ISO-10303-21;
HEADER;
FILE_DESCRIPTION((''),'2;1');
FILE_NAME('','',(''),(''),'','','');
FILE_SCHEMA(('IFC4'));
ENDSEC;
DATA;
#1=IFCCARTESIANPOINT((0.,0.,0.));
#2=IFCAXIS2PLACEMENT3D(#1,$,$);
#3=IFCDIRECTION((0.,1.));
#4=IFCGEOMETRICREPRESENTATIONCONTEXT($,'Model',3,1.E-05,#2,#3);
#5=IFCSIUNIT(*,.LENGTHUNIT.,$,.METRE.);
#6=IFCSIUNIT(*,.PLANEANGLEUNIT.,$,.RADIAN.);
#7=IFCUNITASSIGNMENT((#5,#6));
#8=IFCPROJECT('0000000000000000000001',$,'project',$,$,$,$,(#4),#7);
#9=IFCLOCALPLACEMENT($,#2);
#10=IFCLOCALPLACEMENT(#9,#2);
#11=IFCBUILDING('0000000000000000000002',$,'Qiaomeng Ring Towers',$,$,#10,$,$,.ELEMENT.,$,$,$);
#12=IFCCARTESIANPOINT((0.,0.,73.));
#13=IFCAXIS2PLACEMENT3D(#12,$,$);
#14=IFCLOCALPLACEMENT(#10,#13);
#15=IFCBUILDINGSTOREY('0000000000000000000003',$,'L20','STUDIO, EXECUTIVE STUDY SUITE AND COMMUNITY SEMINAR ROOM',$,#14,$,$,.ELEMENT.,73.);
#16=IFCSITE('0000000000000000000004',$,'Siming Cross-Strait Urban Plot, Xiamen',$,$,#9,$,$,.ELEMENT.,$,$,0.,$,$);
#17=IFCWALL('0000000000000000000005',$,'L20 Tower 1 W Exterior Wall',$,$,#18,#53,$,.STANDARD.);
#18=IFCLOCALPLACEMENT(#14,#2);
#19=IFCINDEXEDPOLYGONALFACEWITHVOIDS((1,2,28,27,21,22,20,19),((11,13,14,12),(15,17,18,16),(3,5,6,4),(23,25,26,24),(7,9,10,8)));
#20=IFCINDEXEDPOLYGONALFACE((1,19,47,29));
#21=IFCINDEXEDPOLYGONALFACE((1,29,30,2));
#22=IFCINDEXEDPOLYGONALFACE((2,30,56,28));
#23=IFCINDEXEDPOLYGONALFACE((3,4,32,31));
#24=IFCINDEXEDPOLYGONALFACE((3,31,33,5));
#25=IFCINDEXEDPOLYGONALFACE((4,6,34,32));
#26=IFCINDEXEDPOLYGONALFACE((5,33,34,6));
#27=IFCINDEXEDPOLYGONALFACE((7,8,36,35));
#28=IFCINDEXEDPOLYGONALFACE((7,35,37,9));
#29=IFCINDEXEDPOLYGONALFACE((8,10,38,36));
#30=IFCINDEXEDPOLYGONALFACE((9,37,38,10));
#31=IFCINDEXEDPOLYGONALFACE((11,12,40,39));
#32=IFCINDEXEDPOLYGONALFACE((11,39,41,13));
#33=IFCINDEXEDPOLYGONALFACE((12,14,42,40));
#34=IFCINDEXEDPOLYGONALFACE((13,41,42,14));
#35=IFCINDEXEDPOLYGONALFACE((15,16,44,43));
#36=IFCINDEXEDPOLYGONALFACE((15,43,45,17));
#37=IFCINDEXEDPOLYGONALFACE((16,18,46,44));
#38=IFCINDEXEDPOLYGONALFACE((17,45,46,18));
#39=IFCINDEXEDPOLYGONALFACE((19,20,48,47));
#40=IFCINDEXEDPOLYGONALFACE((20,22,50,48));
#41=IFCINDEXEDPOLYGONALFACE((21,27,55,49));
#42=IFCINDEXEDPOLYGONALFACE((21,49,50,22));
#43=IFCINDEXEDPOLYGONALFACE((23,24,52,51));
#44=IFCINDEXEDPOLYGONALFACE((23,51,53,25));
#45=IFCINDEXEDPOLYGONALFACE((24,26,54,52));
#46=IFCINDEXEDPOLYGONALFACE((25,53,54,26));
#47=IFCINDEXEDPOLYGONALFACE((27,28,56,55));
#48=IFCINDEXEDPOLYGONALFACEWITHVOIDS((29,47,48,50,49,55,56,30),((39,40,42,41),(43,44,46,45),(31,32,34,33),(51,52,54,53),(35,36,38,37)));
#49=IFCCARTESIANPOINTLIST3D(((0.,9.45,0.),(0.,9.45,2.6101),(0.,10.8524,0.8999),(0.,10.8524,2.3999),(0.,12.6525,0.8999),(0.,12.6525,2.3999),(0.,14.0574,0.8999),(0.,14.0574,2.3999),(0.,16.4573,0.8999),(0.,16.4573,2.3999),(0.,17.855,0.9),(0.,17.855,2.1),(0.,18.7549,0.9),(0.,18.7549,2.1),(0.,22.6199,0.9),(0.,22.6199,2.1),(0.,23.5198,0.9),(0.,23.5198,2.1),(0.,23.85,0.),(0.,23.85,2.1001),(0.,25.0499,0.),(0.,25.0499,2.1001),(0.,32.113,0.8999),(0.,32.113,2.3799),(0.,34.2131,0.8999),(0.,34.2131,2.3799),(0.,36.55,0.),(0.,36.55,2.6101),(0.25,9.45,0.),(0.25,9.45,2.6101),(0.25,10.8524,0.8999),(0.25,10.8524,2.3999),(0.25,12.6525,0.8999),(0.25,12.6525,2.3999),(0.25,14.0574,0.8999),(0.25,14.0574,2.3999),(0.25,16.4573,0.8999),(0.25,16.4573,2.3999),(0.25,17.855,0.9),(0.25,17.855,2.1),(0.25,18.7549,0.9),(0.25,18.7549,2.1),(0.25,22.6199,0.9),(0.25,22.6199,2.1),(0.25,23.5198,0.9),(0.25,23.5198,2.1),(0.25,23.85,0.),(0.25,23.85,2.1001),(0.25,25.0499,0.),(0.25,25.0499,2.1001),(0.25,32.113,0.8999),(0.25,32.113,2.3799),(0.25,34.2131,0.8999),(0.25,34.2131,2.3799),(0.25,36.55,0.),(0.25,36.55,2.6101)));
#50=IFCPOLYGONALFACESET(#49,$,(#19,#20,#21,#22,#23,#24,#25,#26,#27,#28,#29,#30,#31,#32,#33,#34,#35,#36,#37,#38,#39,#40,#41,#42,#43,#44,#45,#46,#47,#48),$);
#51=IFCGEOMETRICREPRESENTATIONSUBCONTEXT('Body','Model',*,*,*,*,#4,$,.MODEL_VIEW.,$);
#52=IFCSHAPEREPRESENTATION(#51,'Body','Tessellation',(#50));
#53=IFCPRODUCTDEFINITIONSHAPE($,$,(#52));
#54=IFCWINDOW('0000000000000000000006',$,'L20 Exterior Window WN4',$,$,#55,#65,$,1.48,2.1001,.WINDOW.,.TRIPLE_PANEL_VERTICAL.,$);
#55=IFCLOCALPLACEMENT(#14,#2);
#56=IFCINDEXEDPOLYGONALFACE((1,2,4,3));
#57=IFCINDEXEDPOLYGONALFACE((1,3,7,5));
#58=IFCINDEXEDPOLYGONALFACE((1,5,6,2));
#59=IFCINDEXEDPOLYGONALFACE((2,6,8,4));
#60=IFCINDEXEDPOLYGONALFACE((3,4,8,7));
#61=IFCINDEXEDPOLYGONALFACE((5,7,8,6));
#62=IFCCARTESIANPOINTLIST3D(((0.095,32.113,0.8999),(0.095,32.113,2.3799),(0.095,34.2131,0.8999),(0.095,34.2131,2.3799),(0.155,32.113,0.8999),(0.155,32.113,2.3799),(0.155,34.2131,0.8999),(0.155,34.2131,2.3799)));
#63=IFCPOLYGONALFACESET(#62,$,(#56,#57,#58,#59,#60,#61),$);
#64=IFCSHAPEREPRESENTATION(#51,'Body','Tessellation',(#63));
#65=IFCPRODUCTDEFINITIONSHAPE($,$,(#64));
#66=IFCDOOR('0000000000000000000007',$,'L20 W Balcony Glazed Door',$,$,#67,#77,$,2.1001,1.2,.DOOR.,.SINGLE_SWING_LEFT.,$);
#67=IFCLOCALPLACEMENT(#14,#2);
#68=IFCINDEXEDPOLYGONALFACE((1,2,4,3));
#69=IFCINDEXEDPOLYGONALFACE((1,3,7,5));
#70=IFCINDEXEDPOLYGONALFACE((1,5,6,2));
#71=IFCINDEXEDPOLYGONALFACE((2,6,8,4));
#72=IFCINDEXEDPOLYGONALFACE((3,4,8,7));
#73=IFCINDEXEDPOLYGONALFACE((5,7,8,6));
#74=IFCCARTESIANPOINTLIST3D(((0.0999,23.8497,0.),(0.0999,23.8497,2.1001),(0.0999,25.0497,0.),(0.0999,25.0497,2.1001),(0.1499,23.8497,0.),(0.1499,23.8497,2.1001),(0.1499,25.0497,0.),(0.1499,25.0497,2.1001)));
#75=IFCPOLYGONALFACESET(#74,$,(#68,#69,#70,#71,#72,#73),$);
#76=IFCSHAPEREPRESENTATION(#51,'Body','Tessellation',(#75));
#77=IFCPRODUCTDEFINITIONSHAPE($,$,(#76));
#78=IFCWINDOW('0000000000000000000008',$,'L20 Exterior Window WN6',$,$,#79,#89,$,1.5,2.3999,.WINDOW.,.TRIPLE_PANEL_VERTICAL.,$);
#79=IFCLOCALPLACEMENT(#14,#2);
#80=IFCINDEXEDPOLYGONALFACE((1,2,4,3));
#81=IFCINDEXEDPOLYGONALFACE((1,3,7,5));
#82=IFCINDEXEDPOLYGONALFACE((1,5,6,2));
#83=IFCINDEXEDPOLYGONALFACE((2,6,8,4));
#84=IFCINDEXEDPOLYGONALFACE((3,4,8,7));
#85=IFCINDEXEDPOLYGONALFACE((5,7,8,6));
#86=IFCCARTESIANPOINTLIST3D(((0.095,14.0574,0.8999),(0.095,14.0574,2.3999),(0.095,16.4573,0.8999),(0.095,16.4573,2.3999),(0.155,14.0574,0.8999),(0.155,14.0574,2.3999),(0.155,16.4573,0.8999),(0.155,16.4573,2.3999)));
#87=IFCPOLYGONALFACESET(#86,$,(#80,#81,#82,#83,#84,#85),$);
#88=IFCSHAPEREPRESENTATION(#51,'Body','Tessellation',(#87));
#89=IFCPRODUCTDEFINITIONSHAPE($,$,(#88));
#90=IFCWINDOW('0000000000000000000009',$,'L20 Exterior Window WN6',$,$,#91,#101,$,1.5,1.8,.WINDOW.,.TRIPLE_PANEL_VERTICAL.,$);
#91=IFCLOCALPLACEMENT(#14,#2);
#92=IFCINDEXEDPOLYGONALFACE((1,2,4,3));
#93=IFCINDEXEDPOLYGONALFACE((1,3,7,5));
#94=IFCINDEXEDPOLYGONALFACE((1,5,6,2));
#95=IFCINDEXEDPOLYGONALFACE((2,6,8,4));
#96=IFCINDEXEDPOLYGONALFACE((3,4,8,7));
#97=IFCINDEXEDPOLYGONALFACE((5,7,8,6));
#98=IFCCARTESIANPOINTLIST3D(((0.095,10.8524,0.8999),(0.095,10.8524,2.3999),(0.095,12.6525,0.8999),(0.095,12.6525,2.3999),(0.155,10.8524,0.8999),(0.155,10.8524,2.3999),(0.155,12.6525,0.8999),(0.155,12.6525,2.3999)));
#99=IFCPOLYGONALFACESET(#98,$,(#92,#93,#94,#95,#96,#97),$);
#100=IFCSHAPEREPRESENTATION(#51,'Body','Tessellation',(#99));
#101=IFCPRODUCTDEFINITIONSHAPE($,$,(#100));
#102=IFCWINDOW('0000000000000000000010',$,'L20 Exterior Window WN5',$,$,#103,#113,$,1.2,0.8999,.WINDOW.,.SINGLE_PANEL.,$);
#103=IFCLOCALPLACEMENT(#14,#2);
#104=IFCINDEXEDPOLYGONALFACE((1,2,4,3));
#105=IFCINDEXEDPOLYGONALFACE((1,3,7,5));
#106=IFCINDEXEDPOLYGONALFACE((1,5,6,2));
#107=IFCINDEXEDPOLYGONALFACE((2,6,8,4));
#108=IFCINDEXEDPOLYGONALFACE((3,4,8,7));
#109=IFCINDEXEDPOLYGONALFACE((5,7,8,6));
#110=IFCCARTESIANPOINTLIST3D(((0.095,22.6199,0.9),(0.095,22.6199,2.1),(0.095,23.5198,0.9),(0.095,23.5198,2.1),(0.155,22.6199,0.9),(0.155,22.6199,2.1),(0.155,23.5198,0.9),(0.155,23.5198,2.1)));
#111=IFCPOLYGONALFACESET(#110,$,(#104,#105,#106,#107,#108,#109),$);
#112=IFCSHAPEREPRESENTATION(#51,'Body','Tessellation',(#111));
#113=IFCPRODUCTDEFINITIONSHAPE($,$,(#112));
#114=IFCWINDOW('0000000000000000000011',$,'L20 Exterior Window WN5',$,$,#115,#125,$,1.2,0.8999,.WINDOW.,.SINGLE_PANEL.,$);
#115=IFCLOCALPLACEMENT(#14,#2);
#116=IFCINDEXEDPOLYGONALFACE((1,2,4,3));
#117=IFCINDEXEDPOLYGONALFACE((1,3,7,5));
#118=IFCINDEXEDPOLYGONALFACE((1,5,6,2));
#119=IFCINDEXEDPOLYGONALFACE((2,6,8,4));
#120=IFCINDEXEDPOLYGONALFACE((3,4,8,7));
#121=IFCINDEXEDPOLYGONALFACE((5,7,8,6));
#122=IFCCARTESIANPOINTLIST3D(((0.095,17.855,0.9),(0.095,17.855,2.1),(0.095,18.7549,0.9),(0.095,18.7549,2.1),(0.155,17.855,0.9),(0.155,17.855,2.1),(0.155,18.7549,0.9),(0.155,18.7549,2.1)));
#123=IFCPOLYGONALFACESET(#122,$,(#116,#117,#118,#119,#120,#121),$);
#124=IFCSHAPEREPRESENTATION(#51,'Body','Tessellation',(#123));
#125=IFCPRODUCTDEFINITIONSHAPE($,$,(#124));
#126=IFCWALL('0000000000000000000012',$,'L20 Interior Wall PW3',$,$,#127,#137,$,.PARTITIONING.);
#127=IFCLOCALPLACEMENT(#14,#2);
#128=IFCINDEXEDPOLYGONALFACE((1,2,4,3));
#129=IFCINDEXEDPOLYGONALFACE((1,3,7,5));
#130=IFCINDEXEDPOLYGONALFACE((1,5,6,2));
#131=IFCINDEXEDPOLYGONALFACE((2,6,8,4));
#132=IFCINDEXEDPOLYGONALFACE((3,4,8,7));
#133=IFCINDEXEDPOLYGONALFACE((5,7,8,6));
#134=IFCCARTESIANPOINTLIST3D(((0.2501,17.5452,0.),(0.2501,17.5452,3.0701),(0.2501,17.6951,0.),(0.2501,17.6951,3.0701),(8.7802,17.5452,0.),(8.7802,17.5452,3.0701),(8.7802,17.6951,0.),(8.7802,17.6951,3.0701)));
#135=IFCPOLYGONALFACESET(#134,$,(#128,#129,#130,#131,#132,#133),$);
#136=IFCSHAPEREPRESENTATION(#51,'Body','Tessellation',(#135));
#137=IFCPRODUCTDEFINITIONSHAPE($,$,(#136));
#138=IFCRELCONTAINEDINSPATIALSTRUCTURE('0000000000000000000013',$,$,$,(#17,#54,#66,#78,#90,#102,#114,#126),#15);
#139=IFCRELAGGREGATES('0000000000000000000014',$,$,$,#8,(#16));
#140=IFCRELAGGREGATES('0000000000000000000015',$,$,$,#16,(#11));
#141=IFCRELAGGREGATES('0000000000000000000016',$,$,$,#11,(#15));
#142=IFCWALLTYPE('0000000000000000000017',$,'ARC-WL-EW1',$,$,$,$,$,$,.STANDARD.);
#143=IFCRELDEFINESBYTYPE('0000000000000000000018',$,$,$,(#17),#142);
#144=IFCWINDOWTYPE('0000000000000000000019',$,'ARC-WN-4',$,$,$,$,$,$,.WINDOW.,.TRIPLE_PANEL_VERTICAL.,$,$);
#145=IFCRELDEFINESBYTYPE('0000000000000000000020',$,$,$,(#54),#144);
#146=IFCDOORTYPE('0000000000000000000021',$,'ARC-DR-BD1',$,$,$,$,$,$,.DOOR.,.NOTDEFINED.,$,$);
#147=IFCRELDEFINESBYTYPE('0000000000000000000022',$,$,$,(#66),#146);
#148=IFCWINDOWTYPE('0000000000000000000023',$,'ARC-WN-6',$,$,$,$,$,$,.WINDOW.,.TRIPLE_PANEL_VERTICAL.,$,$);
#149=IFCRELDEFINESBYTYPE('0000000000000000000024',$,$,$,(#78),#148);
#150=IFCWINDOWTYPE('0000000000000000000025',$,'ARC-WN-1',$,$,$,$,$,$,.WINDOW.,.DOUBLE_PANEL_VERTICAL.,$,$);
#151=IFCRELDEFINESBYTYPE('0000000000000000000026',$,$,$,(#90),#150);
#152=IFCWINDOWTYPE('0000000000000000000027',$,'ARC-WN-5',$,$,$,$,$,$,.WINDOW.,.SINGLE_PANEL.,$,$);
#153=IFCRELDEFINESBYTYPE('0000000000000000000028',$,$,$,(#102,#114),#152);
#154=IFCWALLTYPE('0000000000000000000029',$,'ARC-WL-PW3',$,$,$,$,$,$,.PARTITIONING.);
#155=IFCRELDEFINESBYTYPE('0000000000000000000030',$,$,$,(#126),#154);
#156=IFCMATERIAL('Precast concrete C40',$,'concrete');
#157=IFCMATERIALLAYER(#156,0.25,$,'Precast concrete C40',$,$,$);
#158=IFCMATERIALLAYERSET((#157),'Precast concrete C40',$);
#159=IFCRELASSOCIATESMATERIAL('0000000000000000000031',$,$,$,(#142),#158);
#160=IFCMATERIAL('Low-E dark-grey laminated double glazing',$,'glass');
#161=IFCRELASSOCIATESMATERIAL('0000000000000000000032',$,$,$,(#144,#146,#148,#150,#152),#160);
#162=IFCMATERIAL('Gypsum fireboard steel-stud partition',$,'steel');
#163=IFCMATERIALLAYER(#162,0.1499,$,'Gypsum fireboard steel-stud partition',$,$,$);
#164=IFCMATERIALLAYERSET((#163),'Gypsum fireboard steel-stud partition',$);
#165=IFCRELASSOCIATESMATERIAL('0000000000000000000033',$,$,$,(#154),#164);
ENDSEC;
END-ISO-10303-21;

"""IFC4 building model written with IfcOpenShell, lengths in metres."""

from ifc_helpers import new_model, si_unit, direction, frame, frame_2d, origin, place, context, subcontext, project, spatial, rectangle, extrude, source, transform, mapped, material, layer, layer_set, type_object, element, fill, save


model = new_model("IFC4")

# Units and contexts
model_context = context("Model", 3, precision=1e-05, world=origin(), true_north=direction((0.0, 1.0)))
body_context = subcontext(model_context, "Body", "Model", "MODEL_VIEW")
ifc_project = project(units=[si_unit("LENGTHUNIT", "METRE"), si_unit("PLANEANGLEUNIT", "RADIAN")], contexts=[model_context])

# Site, building, storey
site_placement = place(None, origin())
site = spatial("IfcSite", under=ifc_project, at=site_placement, Name="Siming Cross-Strait Urban Plot, Xiamen", CompositionType="ELEMENT", RefElevation=0.0)
building_placement = place(site_placement, origin())
building = spatial("IfcBuilding", under=site, at=building_placement, Name="Qiaomeng Ring Towers", CompositionType="ELEMENT")
storey_placement = place(building_placement, frame((0.0, 0.0, 73.0)))
storey = spatial("IfcBuildingStorey", under=building, at=storey_placement, Name="L20", Description="STUDIO, EXECUTIVE STUDY SUITE AND COMMUNITY SEMINAR ROOM", CompositionType="ELEMENT", Elevation=73.0)

# Wall, openings, windows, door
ifc_material_1 = material(Name="Precast concrete C40", Category="concrete")
ifc_layer_1 = layer(ifc_material_1, 0.25, Name="Precast concrete C40")
ifc_layer_set_1 = layer_set([ifc_layer_1], Name="Precast concrete C40")
wall_type_1 = type_object("IfcWallType", Name="ARC-WL-EW1", PredefinedType="STANDARD", material=ifc_layer_set_1)
wall_1_placement = place(storey_placement, frame((0.125, 9.45, 0.0), z_axis=(0.0, 0.0, 1.0), x_axis=(0.0, 1.0, 0.0)))
wall_1 = element("IfcWall", 1, at=wall_1_placement, inside=storey, type_object=wall_type_1, Name="L20 Tower 1 W Exterior Wall", PredefinedType="STANDARD", context=body_context, shape_type="SweptSolid", body=[
    extrude(rectangle(XDim=27.1001, YDim=0.25, at=frame_2d((13.55, 0.0))), origin(), (0.0, 0.0, 1.0), 2.6101),
])
opening_1_placement = place(wall_1_placement, frame((14.3999, 0.0, 0.0)))
opening_1 = element("IfcOpeningElement", 2, at=opening_1_placement, cuts=wall_1, PredefinedType="OPENING", context=body_context, shape_type="SweptSolid", body=[
    extrude(rectangle(XDim=1.2, YDim=2.1001, at=frame_2d((0.6001, 1.05))), frame((0.0, 0.135, 0.0), z_axis=(0.0, -1.0, 0.0), x_axis=(1.0, 0.0, 0.0)), (0.0, 0.0, 1.0), 0.27),
])
opening_2_placement = place(wall_1_placement, frame((1.4026, 0.0, 0.8999)))
opening_2 = element("IfcOpeningElement", 3, at=opening_2_placement, cuts=wall_1, PredefinedType="OPENING", context=body_context, shape_type="SweptSolid", body=[
    extrude(rectangle(XDim=1.8, YDim=1.5, at=frame_2d((0.8999, 0.75))), frame((0.0, 0.135, 0.0), z_axis=(0.0, -1.0, 0.0), x_axis=(1.0, 0.0, 0.0)), (0.0, 0.0, 1.0), 0.27),
])
opening_3_placement = place(wall_1_placement, frame((22.6631, 0.0, 0.8999)))
opening_3 = element("IfcOpeningElement", 4, at=opening_3_placement, cuts=wall_1, PredefinedType="OPENING", context=body_context, shape_type="SweptSolid", body=[
    extrude(rectangle(XDim=2.1001, YDim=1.48, at=frame_2d((1.05, 0.74))), frame((0.0, 0.135, 0.0), z_axis=(0.0, -1.0, 0.0), x_axis=(1.0, 0.0, 0.0)), (0.0, 0.0, 1.0), 0.27),
])
opening_4_placement = place(wall_1_placement, frame((4.6074, 0.0, 0.8999)))
opening_4 = element("IfcOpeningElement", 5, at=opening_4_placement, cuts=wall_1, PredefinedType="OPENING", context=body_context, shape_type="SweptSolid", body=[
    extrude(rectangle(XDim=2.3999, YDim=1.5, at=frame_2d((1.2, 0.75))), frame((0.0, 0.135, 0.0), z_axis=(0.0, -1.0, 0.0), x_axis=(1.0, 0.0, 0.0)), (0.0, 0.0, 1.0), 0.27),
])
opening_5_placement = place(wall_1_placement, frame((13.1699, 0.0, 0.8999)))
opening_5 = element("IfcOpeningElement", 6, at=opening_5_placement, cuts=wall_1, PredefinedType="OPENING", context=body_context, shape_type="SweptSolid", body=[
    extrude(rectangle(XDim=0.8999, YDim=1.2, at=frame_2d((0.45, 0.6001))), frame((0.0, 0.135, 0.0), z_axis=(0.0, -1.0, 0.0), x_axis=(1.0, 0.0, 0.0)), (0.0, 0.0, 1.0), 0.27),
])
opening_6_placement = place(wall_1_placement, frame((8.405, 0.0, 0.8999)))
opening_6 = element("IfcOpeningElement", 7, at=opening_6_placement, cuts=wall_1, PredefinedType="OPENING", context=body_context, shape_type="SweptSolid", body=[
    extrude(rectangle(XDim=0.8999, YDim=1.2, at=frame_2d((0.45, 0.6001))), frame((0.0, 0.135, 0.0), z_axis=(0.0, -1.0, 0.0), x_axis=(1.0, 0.0, 0.0)), (0.0, 0.0, 1.0), 0.27),
])
ifc_material_2 = material(Name="Low-E dark-grey laminated double glazing", Category="glass")
window_type_1 = type_object("IfcWindowType", Name="ARC-WN-4", PartitioningType="TRIPLE_PANEL_VERTICAL", PredefinedType="WINDOW", material=ifc_material_2)
shared_shape_1 = source(origin(), body_context, "Body", "SweptSolid", [
    extrude(rectangle(XDim=2.1001, YDim=1.48, at=frame_2d((1.05, 0.74))), frame((0.0, 0.03, 0.0), z_axis=(0.0, -1.0, 0.0), x_axis=(1.0, 0.0, 0.0)), (0.0, 0.0, 1.0), 0.0601),
])
window_1_placement = place(opening_3_placement, origin())
window_1 = element("IfcWindow", 8, at=window_1_placement, inside=storey, type_object=window_type_1, Name="L20 Exterior Window WN4", OverallHeight=1.48, OverallWidth=2.1001, PartitioningType="TRIPLE_PANEL_VERTICAL", PredefinedType="WINDOW", context=body_context, shape_type="MappedRepresentation", body=[
    mapped(shared_shape_1, transform((0.0, 0.0, 0.0), x_axis=(1.0, 0.0, 0.0), y_axis=(0.0, 1.0, 0.0), z_axis=(0.0, 0.0, 1.0), scale=1.0)),
])
fill(opening_3, window_1)
door_type_1 = type_object("IfcDoorType", Name="ARC-DR-BD1", OperationType="NOTDEFINED", PredefinedType="DOOR", material=ifc_material_2)
shared_shape_2 = source(origin(), body_context, "Body", "SweptSolid", [
    extrude(rectangle(XDim=1.2, YDim=2.1001, at=frame_2d((0.6001, 1.05))), frame((0.0, 0.0249, 0.0), z_axis=(0.0, -1.0, 0.0), x_axis=(1.0, 0.0, 0.0)), (0.0, 0.0, 1.0), 0.05),
])
door_1_placement = place(opening_1_placement, frame((1.2, 0.0, 0.0), z_axis=(0.0, 0.0, 1.0), x_axis=(-1.0, 0.0, 0.0)))
door_1 = element("IfcDoor", 9, at=door_1_placement, inside=storey, type_object=door_type_1, Name="L20 W Balcony Glazed Door", OperationType="SINGLE_SWING_LEFT", OverallHeight=2.1001, OverallWidth=1.2, PredefinedType="DOOR", context=body_context, shape_type="MappedRepresentation", body=[
    mapped(shared_shape_2, transform((0.0, 0.0, 0.0), x_axis=(1.0, 0.0, 0.0), y_axis=(0.0, 1.0, 0.0), z_axis=(0.0, 0.0, 1.0), scale=1.0)),
])
fill(opening_1, door_1)
window_type_2 = type_object("IfcWindowType", Name="ARC-WN-6", PartitioningType="TRIPLE_PANEL_VERTICAL", PredefinedType="WINDOW", material=ifc_material_2)
shared_shape_3 = source(origin(), body_context, "Body", "SweptSolid", [
    extrude(rectangle(XDim=2.3999, YDim=1.5, at=frame_2d((1.2, 0.75))), frame((0.0, 0.03, 0.0), z_axis=(0.0, -1.0, 0.0), x_axis=(1.0, 0.0, 0.0)), (0.0, 0.0, 1.0), 0.0601),
])
window_2_placement = place(opening_4_placement, origin())
window_2 = element("IfcWindow", 10, at=window_2_placement, inside=storey, type_object=window_type_2, Name="L20 Exterior Window WN6", OverallHeight=1.5, OverallWidth=2.3999, PartitioningType="TRIPLE_PANEL_VERTICAL", PredefinedType="WINDOW", context=body_context, shape_type="MappedRepresentation", body=[
    mapped(shared_shape_3, transform((0.0, 0.0, 0.0), x_axis=(1.0, 0.0, 0.0), y_axis=(0.0, 1.0, 0.0), z_axis=(0.0, 0.0, 1.0), scale=1.0)),
])
fill(opening_4, window_2)
window_type_3 = type_object("IfcWindowType", Name="ARC-WN-1", PartitioningType="DOUBLE_PANEL_VERTICAL", PredefinedType="WINDOW", material=ifc_material_2)
shared_shape_4 = source(origin(), body_context, "Body", "SweptSolid", [
    extrude(rectangle(XDim=1.8, YDim=1.5, at=frame_2d((0.8999, 0.75))), frame((0.0, 0.03, 0.0), z_axis=(0.0, -1.0, 0.0), x_axis=(1.0, 0.0, 0.0)), (0.0, 0.0, 1.0), 0.0601),
])
window_3_placement = place(opening_2_placement, origin())
window_3 = element("IfcWindow", 11, at=window_3_placement, inside=storey, type_object=window_type_3, Name="L20 Exterior Window WN6", OverallHeight=1.5, OverallWidth=1.8, PartitioningType="TRIPLE_PANEL_VERTICAL", PredefinedType="WINDOW", context=body_context, shape_type="MappedRepresentation", body=[
    mapped(shared_shape_4, transform((0.0, 0.0, 0.0), x_axis=(1.0, 0.0, 0.0), y_axis=(0.0, 1.0, 0.0), z_axis=(0.0, 0.0, 1.0), scale=1.0)),
])
fill(opening_2, window_3)
window_type_4 = type_object("IfcWindowType", Name="ARC-WN-5", PartitioningType="SINGLE_PANEL", PredefinedType="WINDOW", material=ifc_material_2)
shared_shape_5 = source(origin(), body_context, "Body", "SweptSolid", [
    extrude(rectangle(XDim=0.8999, YDim=1.2, at=frame_2d((0.45, 0.6001))), frame((0.0, 0.03, 0.0), z_axis=(0.0, -1.0, 0.0), x_axis=(1.0, 0.0, 0.0)), (0.0, 0.0, 1.0), 0.0601),
])
window_4_placement = place(opening_5_placement, origin())
window_4 = element("IfcWindow", 12, at=window_4_placement, inside=storey, type_object=window_type_4, Name="L20 Exterior Window WN5", OverallHeight=1.2, OverallWidth=0.8999, PartitioningType="SINGLE_PANEL", PredefinedType="WINDOW", context=body_context, shape_type="MappedRepresentation", body=[
    mapped(shared_shape_5, transform((0.0, 0.0, 0.0), x_axis=(1.0, 0.0, 0.0), y_axis=(0.0, 1.0, 0.0), z_axis=(0.0, 0.0, 1.0), scale=1.0)),
])
fill(opening_5, window_4)
window_5_placement = place(opening_6_placement, origin())
window_5 = element("IfcWindow", 13, at=window_5_placement, inside=storey, type_object=window_type_4, Name="L20 Exterior Window WN5", OverallHeight=1.2, OverallWidth=0.8999, PartitioningType="SINGLE_PANEL", PredefinedType="WINDOW", context=body_context, shape_type="MappedRepresentation", body=[
    mapped(shared_shape_5, transform((0.0, 0.0, 0.0), x_axis=(1.0, 0.0, 0.0), y_axis=(0.0, 1.0, 0.0), z_axis=(0.0, 0.0, 1.0), scale=1.0)),
])
fill(opening_6, window_5)

# Wall
ifc_material_3 = material(Name="Gypsum fireboard steel-stud partition", Category="steel")
ifc_layer_2 = layer(ifc_material_3, 0.1499, Name="Gypsum fireboard steel-stud partition")
ifc_layer_set_2 = layer_set([ifc_layer_2], Name="Gypsum fireboard steel-stud partition")
wall_type_2 = type_object("IfcWallType", Name="ARC-WL-PW3", PredefinedType="PARTITIONING", material=ifc_layer_set_2)
wall_2_placement = place(storey_placement, frame((0.25, 17.6201, 0.0), z_axis=(0.0, 0.0, 1.0), x_axis=(1.0, 0.0, 0.0)))
element("IfcWall", 14, at=wall_2_placement, inside=storey, type_object=wall_type_2, Name="L20 Interior Wall PW3", PredefinedType="PARTITIONING", context=body_context, shape_type="SweptSolid", body=[
    extrude(rectangle(XDim=8.53, YDim=0.1499, at=frame_2d((4.2651, 0.0))), origin(), (0.0, 0.0, 1.0), 3.0701),
])

save(model, "model.ifc")
